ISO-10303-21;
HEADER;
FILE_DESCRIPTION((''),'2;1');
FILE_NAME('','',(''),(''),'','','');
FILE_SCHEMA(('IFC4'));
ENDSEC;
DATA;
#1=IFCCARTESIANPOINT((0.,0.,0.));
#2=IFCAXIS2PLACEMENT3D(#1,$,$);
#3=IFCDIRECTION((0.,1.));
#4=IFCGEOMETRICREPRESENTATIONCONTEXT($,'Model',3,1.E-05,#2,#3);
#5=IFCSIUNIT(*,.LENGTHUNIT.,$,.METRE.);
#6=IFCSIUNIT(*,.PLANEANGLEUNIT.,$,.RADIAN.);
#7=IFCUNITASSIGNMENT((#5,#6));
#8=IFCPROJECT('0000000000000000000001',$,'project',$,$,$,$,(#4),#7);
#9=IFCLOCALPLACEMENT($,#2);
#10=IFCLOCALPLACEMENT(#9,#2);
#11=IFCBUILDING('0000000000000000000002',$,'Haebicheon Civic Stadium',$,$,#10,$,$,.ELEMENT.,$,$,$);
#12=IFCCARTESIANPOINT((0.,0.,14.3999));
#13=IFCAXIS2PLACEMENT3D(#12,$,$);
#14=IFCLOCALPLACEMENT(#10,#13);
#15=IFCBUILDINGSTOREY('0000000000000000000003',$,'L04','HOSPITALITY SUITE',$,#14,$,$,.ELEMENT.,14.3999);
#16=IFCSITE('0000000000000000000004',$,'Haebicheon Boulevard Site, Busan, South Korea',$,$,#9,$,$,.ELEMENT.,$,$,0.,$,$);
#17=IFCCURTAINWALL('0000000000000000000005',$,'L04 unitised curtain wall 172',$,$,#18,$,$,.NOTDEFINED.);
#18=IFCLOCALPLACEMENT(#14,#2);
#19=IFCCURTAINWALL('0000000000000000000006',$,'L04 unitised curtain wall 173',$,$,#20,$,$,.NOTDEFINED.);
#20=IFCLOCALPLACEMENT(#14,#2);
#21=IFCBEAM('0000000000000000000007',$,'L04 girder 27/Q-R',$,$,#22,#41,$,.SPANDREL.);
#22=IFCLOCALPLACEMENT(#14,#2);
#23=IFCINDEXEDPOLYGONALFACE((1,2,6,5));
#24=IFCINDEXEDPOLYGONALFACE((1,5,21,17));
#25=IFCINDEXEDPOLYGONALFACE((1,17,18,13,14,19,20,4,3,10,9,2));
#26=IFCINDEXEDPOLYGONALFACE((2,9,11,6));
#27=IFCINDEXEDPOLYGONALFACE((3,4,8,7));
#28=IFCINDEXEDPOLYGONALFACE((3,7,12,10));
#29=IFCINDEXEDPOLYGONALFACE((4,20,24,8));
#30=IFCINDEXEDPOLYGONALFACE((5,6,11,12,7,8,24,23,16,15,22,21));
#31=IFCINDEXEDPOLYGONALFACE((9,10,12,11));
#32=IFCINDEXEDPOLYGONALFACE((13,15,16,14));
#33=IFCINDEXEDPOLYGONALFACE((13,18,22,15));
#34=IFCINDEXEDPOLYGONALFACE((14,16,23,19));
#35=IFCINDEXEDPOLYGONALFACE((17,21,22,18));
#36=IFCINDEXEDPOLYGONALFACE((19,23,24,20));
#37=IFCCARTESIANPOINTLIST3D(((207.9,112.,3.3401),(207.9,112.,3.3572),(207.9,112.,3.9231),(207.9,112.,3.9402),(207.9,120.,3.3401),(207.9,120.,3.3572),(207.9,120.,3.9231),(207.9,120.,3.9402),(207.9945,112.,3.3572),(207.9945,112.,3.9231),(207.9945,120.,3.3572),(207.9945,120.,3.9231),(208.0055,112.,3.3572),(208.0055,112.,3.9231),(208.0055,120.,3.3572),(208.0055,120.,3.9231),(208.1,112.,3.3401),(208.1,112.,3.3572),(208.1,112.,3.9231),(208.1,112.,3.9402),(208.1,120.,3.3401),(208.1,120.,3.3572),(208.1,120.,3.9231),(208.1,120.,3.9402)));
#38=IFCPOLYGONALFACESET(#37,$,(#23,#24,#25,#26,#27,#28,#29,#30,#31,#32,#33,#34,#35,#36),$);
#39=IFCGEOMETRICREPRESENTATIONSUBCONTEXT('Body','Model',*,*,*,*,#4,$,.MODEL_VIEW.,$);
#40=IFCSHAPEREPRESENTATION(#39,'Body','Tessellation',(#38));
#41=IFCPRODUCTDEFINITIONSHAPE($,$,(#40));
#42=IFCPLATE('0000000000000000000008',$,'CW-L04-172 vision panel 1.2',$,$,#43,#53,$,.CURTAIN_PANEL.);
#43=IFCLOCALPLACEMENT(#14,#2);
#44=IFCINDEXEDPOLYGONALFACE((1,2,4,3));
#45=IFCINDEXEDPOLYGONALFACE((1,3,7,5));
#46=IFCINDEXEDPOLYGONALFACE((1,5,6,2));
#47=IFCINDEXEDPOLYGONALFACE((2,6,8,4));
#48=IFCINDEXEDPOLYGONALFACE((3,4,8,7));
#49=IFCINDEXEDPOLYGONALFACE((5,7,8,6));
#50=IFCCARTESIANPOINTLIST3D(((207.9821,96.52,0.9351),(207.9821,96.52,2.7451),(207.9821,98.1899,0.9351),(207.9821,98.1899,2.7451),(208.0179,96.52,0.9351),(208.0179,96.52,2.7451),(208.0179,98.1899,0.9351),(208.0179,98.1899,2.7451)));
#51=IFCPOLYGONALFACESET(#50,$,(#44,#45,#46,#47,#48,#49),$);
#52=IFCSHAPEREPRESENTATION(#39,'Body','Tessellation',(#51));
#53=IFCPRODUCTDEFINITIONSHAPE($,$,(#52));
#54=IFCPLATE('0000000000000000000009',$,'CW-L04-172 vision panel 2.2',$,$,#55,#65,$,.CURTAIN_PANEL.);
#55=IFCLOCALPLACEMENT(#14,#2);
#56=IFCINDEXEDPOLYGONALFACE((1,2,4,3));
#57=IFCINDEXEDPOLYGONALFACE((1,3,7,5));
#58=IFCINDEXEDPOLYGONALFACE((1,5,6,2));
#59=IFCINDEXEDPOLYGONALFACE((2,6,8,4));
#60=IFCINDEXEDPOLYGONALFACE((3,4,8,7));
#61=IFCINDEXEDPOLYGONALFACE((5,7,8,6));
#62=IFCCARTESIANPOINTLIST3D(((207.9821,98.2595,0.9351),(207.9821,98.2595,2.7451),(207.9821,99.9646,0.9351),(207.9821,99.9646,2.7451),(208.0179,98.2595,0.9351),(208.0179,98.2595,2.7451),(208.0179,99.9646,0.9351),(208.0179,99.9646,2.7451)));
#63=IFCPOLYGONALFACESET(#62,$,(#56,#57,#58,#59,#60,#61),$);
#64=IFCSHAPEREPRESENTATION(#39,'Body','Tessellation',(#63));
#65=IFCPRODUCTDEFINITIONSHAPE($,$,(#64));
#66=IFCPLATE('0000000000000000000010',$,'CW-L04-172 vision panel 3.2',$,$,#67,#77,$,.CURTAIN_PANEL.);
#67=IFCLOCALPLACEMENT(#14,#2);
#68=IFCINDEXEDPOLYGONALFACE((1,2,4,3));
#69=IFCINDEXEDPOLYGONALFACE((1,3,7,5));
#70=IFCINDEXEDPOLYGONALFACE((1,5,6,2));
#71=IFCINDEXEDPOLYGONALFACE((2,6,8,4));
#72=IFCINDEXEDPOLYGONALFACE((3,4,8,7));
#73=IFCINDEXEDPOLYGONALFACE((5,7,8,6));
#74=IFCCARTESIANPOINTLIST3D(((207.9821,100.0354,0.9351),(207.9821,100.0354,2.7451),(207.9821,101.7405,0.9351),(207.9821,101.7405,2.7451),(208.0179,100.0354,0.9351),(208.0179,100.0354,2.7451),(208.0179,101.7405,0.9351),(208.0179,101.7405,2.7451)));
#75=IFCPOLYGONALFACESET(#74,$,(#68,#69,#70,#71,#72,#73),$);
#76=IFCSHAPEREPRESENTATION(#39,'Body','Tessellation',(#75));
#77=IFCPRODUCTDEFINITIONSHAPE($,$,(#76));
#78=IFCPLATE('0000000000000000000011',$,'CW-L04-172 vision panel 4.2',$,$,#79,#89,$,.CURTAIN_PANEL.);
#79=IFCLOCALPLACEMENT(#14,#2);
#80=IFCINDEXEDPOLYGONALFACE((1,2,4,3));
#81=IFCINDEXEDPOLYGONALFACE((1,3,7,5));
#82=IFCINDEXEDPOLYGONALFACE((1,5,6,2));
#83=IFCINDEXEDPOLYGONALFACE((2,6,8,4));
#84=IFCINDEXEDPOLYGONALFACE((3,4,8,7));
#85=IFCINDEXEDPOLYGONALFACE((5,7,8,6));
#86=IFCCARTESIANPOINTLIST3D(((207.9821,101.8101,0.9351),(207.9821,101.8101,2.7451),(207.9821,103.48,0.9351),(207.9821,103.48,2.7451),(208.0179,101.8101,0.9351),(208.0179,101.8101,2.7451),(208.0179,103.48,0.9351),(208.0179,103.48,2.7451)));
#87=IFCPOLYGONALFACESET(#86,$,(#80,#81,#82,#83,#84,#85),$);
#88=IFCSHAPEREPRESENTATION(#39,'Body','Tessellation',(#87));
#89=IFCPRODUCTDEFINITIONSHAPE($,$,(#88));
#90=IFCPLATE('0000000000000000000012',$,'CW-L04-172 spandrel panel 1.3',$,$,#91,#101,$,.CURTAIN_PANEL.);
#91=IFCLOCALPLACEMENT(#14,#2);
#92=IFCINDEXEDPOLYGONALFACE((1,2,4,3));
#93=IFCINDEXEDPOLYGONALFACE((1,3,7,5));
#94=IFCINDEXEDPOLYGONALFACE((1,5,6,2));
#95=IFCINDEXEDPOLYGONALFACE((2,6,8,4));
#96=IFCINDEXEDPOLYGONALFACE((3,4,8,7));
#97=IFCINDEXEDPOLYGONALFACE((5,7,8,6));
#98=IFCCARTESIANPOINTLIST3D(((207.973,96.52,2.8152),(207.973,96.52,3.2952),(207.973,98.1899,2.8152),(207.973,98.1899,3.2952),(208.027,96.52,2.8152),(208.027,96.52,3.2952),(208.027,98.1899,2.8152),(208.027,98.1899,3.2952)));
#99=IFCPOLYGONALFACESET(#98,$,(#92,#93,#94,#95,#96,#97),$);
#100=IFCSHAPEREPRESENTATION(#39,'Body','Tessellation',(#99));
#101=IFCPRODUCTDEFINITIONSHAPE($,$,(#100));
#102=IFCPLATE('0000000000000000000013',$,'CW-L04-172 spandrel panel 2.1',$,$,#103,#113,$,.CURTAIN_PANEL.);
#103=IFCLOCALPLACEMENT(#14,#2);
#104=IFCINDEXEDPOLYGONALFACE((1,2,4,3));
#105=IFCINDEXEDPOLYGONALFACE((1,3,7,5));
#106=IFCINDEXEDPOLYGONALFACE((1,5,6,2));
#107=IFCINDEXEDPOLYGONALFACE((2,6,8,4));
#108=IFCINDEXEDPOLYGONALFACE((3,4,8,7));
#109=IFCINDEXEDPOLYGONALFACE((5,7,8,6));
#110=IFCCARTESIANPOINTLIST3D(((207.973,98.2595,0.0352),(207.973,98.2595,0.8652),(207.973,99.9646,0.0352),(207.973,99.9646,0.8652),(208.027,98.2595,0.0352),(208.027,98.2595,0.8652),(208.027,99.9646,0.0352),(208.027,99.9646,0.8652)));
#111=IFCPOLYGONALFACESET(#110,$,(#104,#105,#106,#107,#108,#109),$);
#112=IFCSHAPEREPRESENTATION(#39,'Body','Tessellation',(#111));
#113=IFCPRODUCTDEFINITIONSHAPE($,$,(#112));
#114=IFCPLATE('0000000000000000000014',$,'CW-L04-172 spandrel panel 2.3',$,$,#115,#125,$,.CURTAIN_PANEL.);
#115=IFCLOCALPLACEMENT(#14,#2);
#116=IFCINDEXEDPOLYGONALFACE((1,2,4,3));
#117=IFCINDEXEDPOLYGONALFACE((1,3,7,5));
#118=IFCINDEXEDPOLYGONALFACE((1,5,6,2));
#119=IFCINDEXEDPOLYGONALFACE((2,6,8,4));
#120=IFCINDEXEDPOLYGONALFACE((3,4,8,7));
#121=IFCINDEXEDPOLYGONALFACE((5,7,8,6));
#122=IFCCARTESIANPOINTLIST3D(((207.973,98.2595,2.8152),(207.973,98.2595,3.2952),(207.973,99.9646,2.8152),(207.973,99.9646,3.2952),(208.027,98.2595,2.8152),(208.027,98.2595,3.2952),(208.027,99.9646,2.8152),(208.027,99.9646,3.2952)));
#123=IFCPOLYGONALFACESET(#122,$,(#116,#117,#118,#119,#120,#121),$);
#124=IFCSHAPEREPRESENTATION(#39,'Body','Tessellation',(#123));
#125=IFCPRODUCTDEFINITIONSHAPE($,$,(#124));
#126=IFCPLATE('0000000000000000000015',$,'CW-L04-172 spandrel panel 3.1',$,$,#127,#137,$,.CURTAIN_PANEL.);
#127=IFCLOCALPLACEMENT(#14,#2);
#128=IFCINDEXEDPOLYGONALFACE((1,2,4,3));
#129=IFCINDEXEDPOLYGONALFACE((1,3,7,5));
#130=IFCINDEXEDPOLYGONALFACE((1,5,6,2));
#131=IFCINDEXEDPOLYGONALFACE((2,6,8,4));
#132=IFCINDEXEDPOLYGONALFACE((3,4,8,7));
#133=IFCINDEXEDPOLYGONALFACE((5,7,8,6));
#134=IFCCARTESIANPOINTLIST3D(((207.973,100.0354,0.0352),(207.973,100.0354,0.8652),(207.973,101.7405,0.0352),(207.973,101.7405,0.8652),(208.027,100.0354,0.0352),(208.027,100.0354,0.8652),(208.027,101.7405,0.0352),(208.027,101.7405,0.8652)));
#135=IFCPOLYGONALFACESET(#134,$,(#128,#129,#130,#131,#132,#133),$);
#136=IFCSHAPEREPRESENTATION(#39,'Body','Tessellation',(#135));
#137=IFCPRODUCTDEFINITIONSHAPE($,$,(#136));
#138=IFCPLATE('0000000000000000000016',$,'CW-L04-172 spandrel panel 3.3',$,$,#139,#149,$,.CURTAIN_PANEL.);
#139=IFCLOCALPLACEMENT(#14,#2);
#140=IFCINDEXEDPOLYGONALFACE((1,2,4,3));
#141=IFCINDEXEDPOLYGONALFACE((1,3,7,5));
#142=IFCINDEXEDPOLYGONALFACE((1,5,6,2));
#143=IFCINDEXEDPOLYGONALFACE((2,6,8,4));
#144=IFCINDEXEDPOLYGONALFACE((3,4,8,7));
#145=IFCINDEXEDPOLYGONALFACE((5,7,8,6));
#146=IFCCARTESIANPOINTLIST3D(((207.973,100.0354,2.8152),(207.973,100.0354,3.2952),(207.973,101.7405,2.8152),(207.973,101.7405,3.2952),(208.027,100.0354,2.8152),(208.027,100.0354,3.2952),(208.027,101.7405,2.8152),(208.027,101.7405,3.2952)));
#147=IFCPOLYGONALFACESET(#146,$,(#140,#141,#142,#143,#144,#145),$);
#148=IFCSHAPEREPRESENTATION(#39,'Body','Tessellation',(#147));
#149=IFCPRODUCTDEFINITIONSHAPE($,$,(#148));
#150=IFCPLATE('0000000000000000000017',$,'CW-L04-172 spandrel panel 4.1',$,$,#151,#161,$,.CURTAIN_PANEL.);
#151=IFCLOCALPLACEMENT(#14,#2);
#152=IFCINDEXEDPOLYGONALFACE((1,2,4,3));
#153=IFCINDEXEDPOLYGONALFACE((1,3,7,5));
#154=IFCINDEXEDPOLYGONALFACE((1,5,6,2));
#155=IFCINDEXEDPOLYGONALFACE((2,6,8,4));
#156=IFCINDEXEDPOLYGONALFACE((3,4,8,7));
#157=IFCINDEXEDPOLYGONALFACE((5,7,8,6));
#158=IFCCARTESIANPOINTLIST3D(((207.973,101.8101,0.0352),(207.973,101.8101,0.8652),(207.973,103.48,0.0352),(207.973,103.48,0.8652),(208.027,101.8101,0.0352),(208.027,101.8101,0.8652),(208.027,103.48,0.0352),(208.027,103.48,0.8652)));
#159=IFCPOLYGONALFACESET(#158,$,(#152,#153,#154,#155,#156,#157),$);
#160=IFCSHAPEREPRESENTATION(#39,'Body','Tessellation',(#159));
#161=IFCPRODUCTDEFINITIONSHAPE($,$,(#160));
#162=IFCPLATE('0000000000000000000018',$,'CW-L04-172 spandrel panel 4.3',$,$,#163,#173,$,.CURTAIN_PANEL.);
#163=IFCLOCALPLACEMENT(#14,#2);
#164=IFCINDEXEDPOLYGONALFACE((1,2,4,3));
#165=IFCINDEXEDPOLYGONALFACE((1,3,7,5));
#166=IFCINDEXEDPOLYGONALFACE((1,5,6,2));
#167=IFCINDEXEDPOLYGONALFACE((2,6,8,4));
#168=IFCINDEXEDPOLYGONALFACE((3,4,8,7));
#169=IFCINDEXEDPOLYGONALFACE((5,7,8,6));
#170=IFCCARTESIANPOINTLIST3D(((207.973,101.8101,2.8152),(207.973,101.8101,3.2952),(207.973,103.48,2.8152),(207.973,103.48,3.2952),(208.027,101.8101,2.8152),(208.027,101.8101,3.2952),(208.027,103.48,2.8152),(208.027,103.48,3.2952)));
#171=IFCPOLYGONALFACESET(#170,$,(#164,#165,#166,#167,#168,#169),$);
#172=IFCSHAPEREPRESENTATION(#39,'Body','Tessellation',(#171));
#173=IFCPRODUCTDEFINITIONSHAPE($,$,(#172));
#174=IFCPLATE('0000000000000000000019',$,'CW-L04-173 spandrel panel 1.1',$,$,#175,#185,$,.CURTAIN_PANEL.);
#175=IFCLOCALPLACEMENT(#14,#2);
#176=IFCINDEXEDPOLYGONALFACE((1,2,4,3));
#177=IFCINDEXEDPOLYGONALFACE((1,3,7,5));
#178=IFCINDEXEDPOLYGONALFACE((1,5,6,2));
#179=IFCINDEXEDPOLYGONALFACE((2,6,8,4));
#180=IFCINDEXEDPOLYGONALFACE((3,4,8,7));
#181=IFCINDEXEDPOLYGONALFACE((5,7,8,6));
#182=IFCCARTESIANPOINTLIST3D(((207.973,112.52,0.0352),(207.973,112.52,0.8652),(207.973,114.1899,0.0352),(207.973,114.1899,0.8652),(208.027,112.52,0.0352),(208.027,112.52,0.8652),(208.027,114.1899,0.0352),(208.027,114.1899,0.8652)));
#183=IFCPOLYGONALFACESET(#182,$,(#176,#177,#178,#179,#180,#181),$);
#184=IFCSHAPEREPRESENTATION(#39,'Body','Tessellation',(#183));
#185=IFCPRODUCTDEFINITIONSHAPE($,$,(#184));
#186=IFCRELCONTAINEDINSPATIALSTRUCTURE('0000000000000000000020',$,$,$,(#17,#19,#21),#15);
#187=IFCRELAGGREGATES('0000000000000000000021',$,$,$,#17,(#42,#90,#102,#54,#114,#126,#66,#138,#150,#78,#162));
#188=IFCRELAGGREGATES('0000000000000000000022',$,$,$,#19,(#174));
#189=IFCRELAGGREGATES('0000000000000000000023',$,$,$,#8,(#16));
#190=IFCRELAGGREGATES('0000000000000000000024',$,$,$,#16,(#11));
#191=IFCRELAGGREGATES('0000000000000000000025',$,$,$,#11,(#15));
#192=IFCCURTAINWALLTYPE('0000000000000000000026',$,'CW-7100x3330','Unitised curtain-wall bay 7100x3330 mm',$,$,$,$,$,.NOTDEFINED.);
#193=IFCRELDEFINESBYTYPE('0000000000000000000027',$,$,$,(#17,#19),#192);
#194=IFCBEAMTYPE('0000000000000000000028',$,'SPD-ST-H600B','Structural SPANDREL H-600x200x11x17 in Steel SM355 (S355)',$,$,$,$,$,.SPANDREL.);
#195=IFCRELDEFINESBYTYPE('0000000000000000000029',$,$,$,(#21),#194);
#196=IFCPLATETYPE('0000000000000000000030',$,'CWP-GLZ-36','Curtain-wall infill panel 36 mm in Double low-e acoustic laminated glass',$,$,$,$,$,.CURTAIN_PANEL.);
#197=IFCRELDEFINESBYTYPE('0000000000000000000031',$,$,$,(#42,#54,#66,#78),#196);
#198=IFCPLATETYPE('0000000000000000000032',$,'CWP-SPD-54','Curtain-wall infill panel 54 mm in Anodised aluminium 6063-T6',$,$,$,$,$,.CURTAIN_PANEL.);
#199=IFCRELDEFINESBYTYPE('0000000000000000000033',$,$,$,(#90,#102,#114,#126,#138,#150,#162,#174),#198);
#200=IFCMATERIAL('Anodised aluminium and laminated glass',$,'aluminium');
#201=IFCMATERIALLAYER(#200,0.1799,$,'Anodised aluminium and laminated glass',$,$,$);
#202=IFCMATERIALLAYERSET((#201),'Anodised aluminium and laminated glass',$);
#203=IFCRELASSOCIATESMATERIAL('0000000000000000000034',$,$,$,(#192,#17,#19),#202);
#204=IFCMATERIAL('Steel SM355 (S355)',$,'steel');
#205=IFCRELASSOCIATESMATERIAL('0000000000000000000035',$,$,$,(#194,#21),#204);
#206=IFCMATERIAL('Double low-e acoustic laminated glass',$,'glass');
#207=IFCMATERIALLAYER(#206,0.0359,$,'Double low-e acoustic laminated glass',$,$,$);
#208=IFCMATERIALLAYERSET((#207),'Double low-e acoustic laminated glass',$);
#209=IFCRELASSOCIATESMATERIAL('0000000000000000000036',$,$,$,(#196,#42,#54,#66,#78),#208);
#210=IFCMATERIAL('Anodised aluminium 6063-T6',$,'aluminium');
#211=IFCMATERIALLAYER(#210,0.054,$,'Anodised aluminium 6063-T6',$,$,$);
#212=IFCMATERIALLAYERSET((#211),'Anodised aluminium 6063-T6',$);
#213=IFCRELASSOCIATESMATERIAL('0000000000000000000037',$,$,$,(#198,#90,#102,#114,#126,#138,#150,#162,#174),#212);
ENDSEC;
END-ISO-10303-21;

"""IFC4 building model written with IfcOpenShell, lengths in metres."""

from ifc_helpers import new_model, si_unit, direction, frame, origin, origin_2d, place, context, subcontext, project, spatial, rectangle, i_section, extrude, material, layer, layer_set, material_profile, profile_set, type_object, element, aggregate, save


model = new_model("IFC4")

# Units and contexts
model_context = context("Model", 3, precision=1e-05, world=origin(), true_north=direction((0.0, 1.0)))
body_context = subcontext(model_context, "Body", "Model", "MODEL_VIEW")
ifc_project = project(units=[si_unit("LENGTHUNIT", "METRE"), si_unit("PLANEANGLEUNIT", "RADIAN")], contexts=[model_context])

# Site, building, storey
site_placement = place(None, origin())
site = spatial("IfcSite", under=ifc_project, at=site_placement, Name="Haebicheon Boulevard Site, Busan, South Korea", CompositionType="ELEMENT", RefElevation=0.0)
building_placement = place(site_placement, origin())
building = spatial("IfcBuilding", under=site, at=building_placement, Name="Haebicheon Civic Stadium", CompositionType="ELEMENT")
storey_placement = place(building_placement, frame((0.0, 0.0, 14.3999)))
storey = spatial("IfcBuildingStorey", under=building, at=storey_placement, Name="L04", Description="HOSPITALITY SUITE", CompositionType="ELEMENT", Elevation=14.3999)

# Curtain wall
ifc_material_1 = material(Name="Anodised aluminium and laminated glass", Category="aluminium")
ifc_layer_1 = layer(ifc_material_1, 0.1799, Name="Anodised aluminium and laminated glass")
ifc_layer_set_1 = layer_set([ifc_layer_1], Name="Anodised aluminium and laminated glass")
curtain_wall_type = type_object("IfcCurtainWallType", Name="CW-7100x3330", Description="Unitised curtain-wall bay 7100x3330 mm", PredefinedType="NOTDEFINED", material=ifc_layer_set_1)
curtain_wall_1_placement = place(storey_placement, origin())
curtain_wall_1 = element("IfcCurtainWall", 1, at=curtain_wall_1_placement, inside=storey, type_object=curtain_wall_type, material=ifc_layer_set_1, Name="L04 unitised curtain wall 172", PredefinedType="NOTDEFINED")

# Curtain wall
curtain_wall_2_placement = place(storey_placement, origin())
curtain_wall_2 = element("IfcCurtainWall", 2, at=curtain_wall_2_placement, inside=storey, type_object=curtain_wall_type, material=ifc_layer_set_1, Name="L04 unitised curtain wall 173", PredefinedType="NOTDEFINED")

# Beam
ifc_material_2 = material(Name="Steel SM355 (S355)", Category="steel")
ifc_material_profile_1 = material_profile(ifc_material_2, i_section(OverallWidth=0.2, OverallDepth=0.6001, WebThickness=0.011, FlangeThickness=0.0171, at=origin_2d()), Name="H-600x200x11x17")
ifc_profile_set_1 = profile_set([ifc_material_profile_1], Name="Steel SM355 (S355)")
beam_type_1 = type_object("IfcBeamType", Name="SPD-ST-H600B", Description="Structural SPANDREL H-600x200x11x17 in Steel SM355 (S355)", PredefinedType="SPANDREL", material=ifc_profile_set_1)
for number, where, z_axis, x_axis, name in (
    (3, (208.0, 112.0, 3.6401), (0.0, 1.0, 0.0), (-1.0, 0.0, 0.0), "L04 girder 27/Q-R"),
):
    element("IfcBeam", number, at=place(storey_placement, frame(where, z_axis=z_axis, x_axis=x_axis)), inside=storey, type_object=beam_type_1, material=ifc_profile_set_1, Name=name, PredefinedType="SPANDREL", context=body_context, shape_type="SweptSolid", body=[
        extrude(i_section(OverallWidth=0.2, OverallDepth=0.6001, WebThickness=0.011, FlangeThickness=0.0171, at=origin_2d()), origin(), (0.0, 0.0, 1.0), 8.0),
    ])

# Plates
ifc_material_3 = material(Name="Double low-e acoustic laminated glass", Category="glass")
ifc_layer_2 = layer(ifc_material_3, 0.0359, Name="Double low-e acoustic laminated glass")
ifc_layer_set_2 = layer_set([ifc_layer_2], Name="Double low-e acoustic laminated glass")
plate_type_1 = type_object("IfcPlateType", Name="CWP-GLZ-36", Description="Curtain-wall infill panel 36 mm in Double low-e acoustic laminated glass", PredefinedType="CURTAIN_PANEL", material=ifc_layer_set_2)
plate_1_placement = place(storey_placement, frame((208.0, 97.355, 0.9351), z_axis=(0.0, 0.0, 1.0), x_axis=(0.0, 1.0, 0.0)))
plate_1 = element("IfcPlate", 4, at=plate_1_placement, type_object=plate_type_1, material=ifc_layer_set_2, Name="CW-L04-172 vision panel 1.2", PredefinedType="CURTAIN_PANEL", context=body_context, shape_type="SweptSolid", body=[
    extrude(rectangle(XDim=1.6699, YDim=0.0359, at=origin_2d()), origin(), (0.0, 0.0, 1.0), 1.8101),
])
plate_2_placement = place(storey_placement, frame((208.0, 99.1121, 0.9351), z_axis=(0.0, 0.0, 1.0), x_axis=(0.0, 1.0, 0.0)))
plate_2 = element("IfcPlate", 5, at=plate_2_placement, type_object=plate_type_1, material=ifc_layer_set_2, Name="CW-L04-172 vision panel 2.2", PredefinedType="CURTAIN_PANEL", context=body_context, shape_type="SweptSolid", body=[
    extrude(rectangle(XDim=1.7051, YDim=0.0359, at=origin_2d()), origin(), (0.0, 0.0, 1.0), 1.8101),
])
plate_3_placement = place(storey_placement, frame((208.0, 100.8879, 0.9351), z_axis=(0.0, 0.0, 1.0), x_axis=(0.0, 1.0, 0.0)))
plate_3 = element("IfcPlate", 6, at=plate_3_placement, type_object=plate_type_1, material=ifc_layer_set_2, Name="CW-L04-172 vision panel 3.2", PredefinedType="CURTAIN_PANEL", context=body_context, shape_type="SweptSolid", body=[
    extrude(rectangle(XDim=1.7051, YDim=0.0359, at=origin_2d()), origin(), (0.0, 0.0, 1.0), 1.8101),
])
plate_4_placement = place(storey_placement, frame((208.0, 102.645, 0.9351), z_axis=(0.0, 0.0, 1.0), x_axis=(0.0, 1.0, 0.0)))
plate_4 = element("IfcPlate", 7, at=plate_4_placement, type_object=plate_type_1, material=ifc_layer_set_2, Name="CW-L04-172 vision panel 4.2", PredefinedType="CURTAIN_PANEL", context=body_context, shape_type="SweptSolid", body=[
    extrude(rectangle(XDim=1.6699, YDim=0.0359, at=origin_2d()), origin(), (0.0, 0.0, 1.0), 1.8101),
])
ifc_material_4 = material(Name="Anodised aluminium 6063-T6", Category="aluminium")
ifc_layer_3 = layer(ifc_material_4, 0.054, Name="Anodised aluminium 6063-T6")
ifc_layer_set_3 = layer_set([ifc_layer_3], Name="Anodised aluminium 6063-T6")
plate_type_2 = type_object("IfcPlateType", Name="CWP-SPD-54", Description="Curtain-wall infill panel 54 mm in Anodised aluminium 6063-T6", PredefinedType="CURTAIN_PANEL", material=ifc_layer_set_3)
plate_5_placement = place(storey_placement, frame((208.0, 97.355, 2.8152), z_axis=(0.0, 0.0, 1.0), x_axis=(0.0, 1.0, 0.0)))
plate_5 = element("IfcPlate", 8, at=plate_5_placement, type_object=plate_type_2, material=ifc_layer_set_3, Name="CW-L04-172 spandrel panel 1.3", PredefinedType="CURTAIN_PANEL", context=body_context, shape_type="SweptSolid", body=[
    extrude(rectangle(XDim=1.6699, YDim=0.054, at=origin_2d()), origin(), (0.0, 0.0, 1.0), 0.48),
])
plate_6_placement = place(storey_placement, frame((208.0, 99.1121, 0.0352), z_axis=(0.0, 0.0, 1.0), x_axis=(0.0, 1.0, 0.0)))
plate_6 = element("IfcPlate", 9, at=plate_6_placement, type_object=plate_type_2, material=ifc_layer_set_3, Name="CW-L04-172 spandrel panel 2.1", PredefinedType="CURTAIN_PANEL", context=body_context, shape_type="SweptSolid", body=[
    extrude(rectangle(XDim=1.7051, YDim=0.054, at=origin_2d()), origin(), (0.0, 0.0, 1.0), 0.8301),
])
plate_7_placement = place(storey_placement, frame((208.0, 99.1121, 2.8152), z_axis=(0.0, 0.0, 1.0), x_axis=(0.0, 1.0, 0.0)))
plate_7 = element("IfcPlate", 10, at=plate_7_placement, type_object=plate_type_2, material=ifc_layer_set_3, Name="CW-L04-172 spandrel panel 2.3", PredefinedType="CURTAIN_PANEL", context=body_context, shape_type="SweptSolid", body=[
    extrude(rectangle(XDim=1.7051, YDim=0.054, at=origin_2d()), origin(), (0.0, 0.0, 1.0), 0.48),
])
plate_8_placement = place(storey_placement, frame((208.0, 100.8879, 0.0352), z_axis=(0.0, 0.0, 1.0), x_axis=(0.0, 1.0, 0.0)))
plate_8 = element("IfcPlate", 11, at=plate_8_placement, type_object=plate_type_2, material=ifc_layer_set_3, Name="CW-L04-172 spandrel panel 3.1", PredefinedType="CURTAIN_PANEL", context=body_context, shape_type="SweptSolid", body=[
    extrude(rectangle(XDim=1.7051, YDim=0.054, at=origin_2d()), origin(), (0.0, 0.0, 1.0), 0.8301),
])
plate_9_placement = place(storey_placement, frame((208.0, 100.8879, 2.8152), z_axis=(0.0, 0.0, 1.0), x_axis=(0.0, 1.0, 0.0)))
plate_9 = element("IfcPlate", 12, at=plate_9_placement, type_object=plate_type_2, material=ifc_layer_set_3, Name="CW-L04-172 spandrel panel 3.3", PredefinedType="CURTAIN_PANEL", context=body_context, shape_type="SweptSolid", body=[
    extrude(rectangle(XDim=1.7051, YDim=0.054, at=origin_2d()), origin(), (0.0, 0.0, 1.0), 0.48),
])
plate_10_placement = place(storey_placement, frame((208.0, 102.645, 0.0352), z_axis=(0.0, 0.0, 1.0), x_axis=(0.0, 1.0, 0.0)))
plate_10 = element("IfcPlate", 13, at=plate_10_placement, type_object=plate_type_2, material=ifc_layer_set_3, Name="CW-L04-172 spandrel panel 4.1", PredefinedType="CURTAIN_PANEL", context=body_context, shape_type="SweptSolid", body=[
    extrude(rectangle(XDim=1.6699, YDim=0.054, at=origin_2d()), origin(), (0.0, 0.0, 1.0), 0.8301),
])
plate_11_placement = place(storey_placement, frame((208.0, 102.645, 2.8152), z_axis=(0.0, 0.0, 1.0), x_axis=(0.0, 1.0, 0.0)))
plate_11 = element("IfcPlate", 14, at=plate_11_placement, type_object=plate_type_2, material=ifc_layer_set_3, Name="CW-L04-172 spandrel panel 4.3", PredefinedType="CURTAIN_PANEL", context=body_context, shape_type="SweptSolid", body=[
    extrude(rectangle(XDim=1.6699, YDim=0.054, at=origin_2d()), origin(), (0.0, 0.0, 1.0), 0.48),
])
aggregate(curtain_wall_1, [plate_1, plate_5, plate_6, plate_2, plate_7, plate_8, plate_3, plate_9, plate_10, plate_4, plate_11])
plate_12_placement = place(storey_placement, frame((208.0, 113.355, 0.0352), z_axis=(0.0, 0.0, 1.0), x_axis=(0.0, 1.0, 0.0)))
plate_12 = element("IfcPlate", 15, at=plate_12_placement, type_object=plate_type_2, material=ifc_layer_set_3, Name="CW-L04-173 spandrel panel 1.1", PredefinedType="CURTAIN_PANEL", context=body_context, shape_type="SweptSolid", body=[
    extrude(rectangle(XDim=1.6699, YDim=0.054, at=origin_2d()), origin(), (0.0, 0.0, 1.0), 0.8301),
])
aggregate(curtain_wall_2, [plate_12])

save(model, "model.ifc")
